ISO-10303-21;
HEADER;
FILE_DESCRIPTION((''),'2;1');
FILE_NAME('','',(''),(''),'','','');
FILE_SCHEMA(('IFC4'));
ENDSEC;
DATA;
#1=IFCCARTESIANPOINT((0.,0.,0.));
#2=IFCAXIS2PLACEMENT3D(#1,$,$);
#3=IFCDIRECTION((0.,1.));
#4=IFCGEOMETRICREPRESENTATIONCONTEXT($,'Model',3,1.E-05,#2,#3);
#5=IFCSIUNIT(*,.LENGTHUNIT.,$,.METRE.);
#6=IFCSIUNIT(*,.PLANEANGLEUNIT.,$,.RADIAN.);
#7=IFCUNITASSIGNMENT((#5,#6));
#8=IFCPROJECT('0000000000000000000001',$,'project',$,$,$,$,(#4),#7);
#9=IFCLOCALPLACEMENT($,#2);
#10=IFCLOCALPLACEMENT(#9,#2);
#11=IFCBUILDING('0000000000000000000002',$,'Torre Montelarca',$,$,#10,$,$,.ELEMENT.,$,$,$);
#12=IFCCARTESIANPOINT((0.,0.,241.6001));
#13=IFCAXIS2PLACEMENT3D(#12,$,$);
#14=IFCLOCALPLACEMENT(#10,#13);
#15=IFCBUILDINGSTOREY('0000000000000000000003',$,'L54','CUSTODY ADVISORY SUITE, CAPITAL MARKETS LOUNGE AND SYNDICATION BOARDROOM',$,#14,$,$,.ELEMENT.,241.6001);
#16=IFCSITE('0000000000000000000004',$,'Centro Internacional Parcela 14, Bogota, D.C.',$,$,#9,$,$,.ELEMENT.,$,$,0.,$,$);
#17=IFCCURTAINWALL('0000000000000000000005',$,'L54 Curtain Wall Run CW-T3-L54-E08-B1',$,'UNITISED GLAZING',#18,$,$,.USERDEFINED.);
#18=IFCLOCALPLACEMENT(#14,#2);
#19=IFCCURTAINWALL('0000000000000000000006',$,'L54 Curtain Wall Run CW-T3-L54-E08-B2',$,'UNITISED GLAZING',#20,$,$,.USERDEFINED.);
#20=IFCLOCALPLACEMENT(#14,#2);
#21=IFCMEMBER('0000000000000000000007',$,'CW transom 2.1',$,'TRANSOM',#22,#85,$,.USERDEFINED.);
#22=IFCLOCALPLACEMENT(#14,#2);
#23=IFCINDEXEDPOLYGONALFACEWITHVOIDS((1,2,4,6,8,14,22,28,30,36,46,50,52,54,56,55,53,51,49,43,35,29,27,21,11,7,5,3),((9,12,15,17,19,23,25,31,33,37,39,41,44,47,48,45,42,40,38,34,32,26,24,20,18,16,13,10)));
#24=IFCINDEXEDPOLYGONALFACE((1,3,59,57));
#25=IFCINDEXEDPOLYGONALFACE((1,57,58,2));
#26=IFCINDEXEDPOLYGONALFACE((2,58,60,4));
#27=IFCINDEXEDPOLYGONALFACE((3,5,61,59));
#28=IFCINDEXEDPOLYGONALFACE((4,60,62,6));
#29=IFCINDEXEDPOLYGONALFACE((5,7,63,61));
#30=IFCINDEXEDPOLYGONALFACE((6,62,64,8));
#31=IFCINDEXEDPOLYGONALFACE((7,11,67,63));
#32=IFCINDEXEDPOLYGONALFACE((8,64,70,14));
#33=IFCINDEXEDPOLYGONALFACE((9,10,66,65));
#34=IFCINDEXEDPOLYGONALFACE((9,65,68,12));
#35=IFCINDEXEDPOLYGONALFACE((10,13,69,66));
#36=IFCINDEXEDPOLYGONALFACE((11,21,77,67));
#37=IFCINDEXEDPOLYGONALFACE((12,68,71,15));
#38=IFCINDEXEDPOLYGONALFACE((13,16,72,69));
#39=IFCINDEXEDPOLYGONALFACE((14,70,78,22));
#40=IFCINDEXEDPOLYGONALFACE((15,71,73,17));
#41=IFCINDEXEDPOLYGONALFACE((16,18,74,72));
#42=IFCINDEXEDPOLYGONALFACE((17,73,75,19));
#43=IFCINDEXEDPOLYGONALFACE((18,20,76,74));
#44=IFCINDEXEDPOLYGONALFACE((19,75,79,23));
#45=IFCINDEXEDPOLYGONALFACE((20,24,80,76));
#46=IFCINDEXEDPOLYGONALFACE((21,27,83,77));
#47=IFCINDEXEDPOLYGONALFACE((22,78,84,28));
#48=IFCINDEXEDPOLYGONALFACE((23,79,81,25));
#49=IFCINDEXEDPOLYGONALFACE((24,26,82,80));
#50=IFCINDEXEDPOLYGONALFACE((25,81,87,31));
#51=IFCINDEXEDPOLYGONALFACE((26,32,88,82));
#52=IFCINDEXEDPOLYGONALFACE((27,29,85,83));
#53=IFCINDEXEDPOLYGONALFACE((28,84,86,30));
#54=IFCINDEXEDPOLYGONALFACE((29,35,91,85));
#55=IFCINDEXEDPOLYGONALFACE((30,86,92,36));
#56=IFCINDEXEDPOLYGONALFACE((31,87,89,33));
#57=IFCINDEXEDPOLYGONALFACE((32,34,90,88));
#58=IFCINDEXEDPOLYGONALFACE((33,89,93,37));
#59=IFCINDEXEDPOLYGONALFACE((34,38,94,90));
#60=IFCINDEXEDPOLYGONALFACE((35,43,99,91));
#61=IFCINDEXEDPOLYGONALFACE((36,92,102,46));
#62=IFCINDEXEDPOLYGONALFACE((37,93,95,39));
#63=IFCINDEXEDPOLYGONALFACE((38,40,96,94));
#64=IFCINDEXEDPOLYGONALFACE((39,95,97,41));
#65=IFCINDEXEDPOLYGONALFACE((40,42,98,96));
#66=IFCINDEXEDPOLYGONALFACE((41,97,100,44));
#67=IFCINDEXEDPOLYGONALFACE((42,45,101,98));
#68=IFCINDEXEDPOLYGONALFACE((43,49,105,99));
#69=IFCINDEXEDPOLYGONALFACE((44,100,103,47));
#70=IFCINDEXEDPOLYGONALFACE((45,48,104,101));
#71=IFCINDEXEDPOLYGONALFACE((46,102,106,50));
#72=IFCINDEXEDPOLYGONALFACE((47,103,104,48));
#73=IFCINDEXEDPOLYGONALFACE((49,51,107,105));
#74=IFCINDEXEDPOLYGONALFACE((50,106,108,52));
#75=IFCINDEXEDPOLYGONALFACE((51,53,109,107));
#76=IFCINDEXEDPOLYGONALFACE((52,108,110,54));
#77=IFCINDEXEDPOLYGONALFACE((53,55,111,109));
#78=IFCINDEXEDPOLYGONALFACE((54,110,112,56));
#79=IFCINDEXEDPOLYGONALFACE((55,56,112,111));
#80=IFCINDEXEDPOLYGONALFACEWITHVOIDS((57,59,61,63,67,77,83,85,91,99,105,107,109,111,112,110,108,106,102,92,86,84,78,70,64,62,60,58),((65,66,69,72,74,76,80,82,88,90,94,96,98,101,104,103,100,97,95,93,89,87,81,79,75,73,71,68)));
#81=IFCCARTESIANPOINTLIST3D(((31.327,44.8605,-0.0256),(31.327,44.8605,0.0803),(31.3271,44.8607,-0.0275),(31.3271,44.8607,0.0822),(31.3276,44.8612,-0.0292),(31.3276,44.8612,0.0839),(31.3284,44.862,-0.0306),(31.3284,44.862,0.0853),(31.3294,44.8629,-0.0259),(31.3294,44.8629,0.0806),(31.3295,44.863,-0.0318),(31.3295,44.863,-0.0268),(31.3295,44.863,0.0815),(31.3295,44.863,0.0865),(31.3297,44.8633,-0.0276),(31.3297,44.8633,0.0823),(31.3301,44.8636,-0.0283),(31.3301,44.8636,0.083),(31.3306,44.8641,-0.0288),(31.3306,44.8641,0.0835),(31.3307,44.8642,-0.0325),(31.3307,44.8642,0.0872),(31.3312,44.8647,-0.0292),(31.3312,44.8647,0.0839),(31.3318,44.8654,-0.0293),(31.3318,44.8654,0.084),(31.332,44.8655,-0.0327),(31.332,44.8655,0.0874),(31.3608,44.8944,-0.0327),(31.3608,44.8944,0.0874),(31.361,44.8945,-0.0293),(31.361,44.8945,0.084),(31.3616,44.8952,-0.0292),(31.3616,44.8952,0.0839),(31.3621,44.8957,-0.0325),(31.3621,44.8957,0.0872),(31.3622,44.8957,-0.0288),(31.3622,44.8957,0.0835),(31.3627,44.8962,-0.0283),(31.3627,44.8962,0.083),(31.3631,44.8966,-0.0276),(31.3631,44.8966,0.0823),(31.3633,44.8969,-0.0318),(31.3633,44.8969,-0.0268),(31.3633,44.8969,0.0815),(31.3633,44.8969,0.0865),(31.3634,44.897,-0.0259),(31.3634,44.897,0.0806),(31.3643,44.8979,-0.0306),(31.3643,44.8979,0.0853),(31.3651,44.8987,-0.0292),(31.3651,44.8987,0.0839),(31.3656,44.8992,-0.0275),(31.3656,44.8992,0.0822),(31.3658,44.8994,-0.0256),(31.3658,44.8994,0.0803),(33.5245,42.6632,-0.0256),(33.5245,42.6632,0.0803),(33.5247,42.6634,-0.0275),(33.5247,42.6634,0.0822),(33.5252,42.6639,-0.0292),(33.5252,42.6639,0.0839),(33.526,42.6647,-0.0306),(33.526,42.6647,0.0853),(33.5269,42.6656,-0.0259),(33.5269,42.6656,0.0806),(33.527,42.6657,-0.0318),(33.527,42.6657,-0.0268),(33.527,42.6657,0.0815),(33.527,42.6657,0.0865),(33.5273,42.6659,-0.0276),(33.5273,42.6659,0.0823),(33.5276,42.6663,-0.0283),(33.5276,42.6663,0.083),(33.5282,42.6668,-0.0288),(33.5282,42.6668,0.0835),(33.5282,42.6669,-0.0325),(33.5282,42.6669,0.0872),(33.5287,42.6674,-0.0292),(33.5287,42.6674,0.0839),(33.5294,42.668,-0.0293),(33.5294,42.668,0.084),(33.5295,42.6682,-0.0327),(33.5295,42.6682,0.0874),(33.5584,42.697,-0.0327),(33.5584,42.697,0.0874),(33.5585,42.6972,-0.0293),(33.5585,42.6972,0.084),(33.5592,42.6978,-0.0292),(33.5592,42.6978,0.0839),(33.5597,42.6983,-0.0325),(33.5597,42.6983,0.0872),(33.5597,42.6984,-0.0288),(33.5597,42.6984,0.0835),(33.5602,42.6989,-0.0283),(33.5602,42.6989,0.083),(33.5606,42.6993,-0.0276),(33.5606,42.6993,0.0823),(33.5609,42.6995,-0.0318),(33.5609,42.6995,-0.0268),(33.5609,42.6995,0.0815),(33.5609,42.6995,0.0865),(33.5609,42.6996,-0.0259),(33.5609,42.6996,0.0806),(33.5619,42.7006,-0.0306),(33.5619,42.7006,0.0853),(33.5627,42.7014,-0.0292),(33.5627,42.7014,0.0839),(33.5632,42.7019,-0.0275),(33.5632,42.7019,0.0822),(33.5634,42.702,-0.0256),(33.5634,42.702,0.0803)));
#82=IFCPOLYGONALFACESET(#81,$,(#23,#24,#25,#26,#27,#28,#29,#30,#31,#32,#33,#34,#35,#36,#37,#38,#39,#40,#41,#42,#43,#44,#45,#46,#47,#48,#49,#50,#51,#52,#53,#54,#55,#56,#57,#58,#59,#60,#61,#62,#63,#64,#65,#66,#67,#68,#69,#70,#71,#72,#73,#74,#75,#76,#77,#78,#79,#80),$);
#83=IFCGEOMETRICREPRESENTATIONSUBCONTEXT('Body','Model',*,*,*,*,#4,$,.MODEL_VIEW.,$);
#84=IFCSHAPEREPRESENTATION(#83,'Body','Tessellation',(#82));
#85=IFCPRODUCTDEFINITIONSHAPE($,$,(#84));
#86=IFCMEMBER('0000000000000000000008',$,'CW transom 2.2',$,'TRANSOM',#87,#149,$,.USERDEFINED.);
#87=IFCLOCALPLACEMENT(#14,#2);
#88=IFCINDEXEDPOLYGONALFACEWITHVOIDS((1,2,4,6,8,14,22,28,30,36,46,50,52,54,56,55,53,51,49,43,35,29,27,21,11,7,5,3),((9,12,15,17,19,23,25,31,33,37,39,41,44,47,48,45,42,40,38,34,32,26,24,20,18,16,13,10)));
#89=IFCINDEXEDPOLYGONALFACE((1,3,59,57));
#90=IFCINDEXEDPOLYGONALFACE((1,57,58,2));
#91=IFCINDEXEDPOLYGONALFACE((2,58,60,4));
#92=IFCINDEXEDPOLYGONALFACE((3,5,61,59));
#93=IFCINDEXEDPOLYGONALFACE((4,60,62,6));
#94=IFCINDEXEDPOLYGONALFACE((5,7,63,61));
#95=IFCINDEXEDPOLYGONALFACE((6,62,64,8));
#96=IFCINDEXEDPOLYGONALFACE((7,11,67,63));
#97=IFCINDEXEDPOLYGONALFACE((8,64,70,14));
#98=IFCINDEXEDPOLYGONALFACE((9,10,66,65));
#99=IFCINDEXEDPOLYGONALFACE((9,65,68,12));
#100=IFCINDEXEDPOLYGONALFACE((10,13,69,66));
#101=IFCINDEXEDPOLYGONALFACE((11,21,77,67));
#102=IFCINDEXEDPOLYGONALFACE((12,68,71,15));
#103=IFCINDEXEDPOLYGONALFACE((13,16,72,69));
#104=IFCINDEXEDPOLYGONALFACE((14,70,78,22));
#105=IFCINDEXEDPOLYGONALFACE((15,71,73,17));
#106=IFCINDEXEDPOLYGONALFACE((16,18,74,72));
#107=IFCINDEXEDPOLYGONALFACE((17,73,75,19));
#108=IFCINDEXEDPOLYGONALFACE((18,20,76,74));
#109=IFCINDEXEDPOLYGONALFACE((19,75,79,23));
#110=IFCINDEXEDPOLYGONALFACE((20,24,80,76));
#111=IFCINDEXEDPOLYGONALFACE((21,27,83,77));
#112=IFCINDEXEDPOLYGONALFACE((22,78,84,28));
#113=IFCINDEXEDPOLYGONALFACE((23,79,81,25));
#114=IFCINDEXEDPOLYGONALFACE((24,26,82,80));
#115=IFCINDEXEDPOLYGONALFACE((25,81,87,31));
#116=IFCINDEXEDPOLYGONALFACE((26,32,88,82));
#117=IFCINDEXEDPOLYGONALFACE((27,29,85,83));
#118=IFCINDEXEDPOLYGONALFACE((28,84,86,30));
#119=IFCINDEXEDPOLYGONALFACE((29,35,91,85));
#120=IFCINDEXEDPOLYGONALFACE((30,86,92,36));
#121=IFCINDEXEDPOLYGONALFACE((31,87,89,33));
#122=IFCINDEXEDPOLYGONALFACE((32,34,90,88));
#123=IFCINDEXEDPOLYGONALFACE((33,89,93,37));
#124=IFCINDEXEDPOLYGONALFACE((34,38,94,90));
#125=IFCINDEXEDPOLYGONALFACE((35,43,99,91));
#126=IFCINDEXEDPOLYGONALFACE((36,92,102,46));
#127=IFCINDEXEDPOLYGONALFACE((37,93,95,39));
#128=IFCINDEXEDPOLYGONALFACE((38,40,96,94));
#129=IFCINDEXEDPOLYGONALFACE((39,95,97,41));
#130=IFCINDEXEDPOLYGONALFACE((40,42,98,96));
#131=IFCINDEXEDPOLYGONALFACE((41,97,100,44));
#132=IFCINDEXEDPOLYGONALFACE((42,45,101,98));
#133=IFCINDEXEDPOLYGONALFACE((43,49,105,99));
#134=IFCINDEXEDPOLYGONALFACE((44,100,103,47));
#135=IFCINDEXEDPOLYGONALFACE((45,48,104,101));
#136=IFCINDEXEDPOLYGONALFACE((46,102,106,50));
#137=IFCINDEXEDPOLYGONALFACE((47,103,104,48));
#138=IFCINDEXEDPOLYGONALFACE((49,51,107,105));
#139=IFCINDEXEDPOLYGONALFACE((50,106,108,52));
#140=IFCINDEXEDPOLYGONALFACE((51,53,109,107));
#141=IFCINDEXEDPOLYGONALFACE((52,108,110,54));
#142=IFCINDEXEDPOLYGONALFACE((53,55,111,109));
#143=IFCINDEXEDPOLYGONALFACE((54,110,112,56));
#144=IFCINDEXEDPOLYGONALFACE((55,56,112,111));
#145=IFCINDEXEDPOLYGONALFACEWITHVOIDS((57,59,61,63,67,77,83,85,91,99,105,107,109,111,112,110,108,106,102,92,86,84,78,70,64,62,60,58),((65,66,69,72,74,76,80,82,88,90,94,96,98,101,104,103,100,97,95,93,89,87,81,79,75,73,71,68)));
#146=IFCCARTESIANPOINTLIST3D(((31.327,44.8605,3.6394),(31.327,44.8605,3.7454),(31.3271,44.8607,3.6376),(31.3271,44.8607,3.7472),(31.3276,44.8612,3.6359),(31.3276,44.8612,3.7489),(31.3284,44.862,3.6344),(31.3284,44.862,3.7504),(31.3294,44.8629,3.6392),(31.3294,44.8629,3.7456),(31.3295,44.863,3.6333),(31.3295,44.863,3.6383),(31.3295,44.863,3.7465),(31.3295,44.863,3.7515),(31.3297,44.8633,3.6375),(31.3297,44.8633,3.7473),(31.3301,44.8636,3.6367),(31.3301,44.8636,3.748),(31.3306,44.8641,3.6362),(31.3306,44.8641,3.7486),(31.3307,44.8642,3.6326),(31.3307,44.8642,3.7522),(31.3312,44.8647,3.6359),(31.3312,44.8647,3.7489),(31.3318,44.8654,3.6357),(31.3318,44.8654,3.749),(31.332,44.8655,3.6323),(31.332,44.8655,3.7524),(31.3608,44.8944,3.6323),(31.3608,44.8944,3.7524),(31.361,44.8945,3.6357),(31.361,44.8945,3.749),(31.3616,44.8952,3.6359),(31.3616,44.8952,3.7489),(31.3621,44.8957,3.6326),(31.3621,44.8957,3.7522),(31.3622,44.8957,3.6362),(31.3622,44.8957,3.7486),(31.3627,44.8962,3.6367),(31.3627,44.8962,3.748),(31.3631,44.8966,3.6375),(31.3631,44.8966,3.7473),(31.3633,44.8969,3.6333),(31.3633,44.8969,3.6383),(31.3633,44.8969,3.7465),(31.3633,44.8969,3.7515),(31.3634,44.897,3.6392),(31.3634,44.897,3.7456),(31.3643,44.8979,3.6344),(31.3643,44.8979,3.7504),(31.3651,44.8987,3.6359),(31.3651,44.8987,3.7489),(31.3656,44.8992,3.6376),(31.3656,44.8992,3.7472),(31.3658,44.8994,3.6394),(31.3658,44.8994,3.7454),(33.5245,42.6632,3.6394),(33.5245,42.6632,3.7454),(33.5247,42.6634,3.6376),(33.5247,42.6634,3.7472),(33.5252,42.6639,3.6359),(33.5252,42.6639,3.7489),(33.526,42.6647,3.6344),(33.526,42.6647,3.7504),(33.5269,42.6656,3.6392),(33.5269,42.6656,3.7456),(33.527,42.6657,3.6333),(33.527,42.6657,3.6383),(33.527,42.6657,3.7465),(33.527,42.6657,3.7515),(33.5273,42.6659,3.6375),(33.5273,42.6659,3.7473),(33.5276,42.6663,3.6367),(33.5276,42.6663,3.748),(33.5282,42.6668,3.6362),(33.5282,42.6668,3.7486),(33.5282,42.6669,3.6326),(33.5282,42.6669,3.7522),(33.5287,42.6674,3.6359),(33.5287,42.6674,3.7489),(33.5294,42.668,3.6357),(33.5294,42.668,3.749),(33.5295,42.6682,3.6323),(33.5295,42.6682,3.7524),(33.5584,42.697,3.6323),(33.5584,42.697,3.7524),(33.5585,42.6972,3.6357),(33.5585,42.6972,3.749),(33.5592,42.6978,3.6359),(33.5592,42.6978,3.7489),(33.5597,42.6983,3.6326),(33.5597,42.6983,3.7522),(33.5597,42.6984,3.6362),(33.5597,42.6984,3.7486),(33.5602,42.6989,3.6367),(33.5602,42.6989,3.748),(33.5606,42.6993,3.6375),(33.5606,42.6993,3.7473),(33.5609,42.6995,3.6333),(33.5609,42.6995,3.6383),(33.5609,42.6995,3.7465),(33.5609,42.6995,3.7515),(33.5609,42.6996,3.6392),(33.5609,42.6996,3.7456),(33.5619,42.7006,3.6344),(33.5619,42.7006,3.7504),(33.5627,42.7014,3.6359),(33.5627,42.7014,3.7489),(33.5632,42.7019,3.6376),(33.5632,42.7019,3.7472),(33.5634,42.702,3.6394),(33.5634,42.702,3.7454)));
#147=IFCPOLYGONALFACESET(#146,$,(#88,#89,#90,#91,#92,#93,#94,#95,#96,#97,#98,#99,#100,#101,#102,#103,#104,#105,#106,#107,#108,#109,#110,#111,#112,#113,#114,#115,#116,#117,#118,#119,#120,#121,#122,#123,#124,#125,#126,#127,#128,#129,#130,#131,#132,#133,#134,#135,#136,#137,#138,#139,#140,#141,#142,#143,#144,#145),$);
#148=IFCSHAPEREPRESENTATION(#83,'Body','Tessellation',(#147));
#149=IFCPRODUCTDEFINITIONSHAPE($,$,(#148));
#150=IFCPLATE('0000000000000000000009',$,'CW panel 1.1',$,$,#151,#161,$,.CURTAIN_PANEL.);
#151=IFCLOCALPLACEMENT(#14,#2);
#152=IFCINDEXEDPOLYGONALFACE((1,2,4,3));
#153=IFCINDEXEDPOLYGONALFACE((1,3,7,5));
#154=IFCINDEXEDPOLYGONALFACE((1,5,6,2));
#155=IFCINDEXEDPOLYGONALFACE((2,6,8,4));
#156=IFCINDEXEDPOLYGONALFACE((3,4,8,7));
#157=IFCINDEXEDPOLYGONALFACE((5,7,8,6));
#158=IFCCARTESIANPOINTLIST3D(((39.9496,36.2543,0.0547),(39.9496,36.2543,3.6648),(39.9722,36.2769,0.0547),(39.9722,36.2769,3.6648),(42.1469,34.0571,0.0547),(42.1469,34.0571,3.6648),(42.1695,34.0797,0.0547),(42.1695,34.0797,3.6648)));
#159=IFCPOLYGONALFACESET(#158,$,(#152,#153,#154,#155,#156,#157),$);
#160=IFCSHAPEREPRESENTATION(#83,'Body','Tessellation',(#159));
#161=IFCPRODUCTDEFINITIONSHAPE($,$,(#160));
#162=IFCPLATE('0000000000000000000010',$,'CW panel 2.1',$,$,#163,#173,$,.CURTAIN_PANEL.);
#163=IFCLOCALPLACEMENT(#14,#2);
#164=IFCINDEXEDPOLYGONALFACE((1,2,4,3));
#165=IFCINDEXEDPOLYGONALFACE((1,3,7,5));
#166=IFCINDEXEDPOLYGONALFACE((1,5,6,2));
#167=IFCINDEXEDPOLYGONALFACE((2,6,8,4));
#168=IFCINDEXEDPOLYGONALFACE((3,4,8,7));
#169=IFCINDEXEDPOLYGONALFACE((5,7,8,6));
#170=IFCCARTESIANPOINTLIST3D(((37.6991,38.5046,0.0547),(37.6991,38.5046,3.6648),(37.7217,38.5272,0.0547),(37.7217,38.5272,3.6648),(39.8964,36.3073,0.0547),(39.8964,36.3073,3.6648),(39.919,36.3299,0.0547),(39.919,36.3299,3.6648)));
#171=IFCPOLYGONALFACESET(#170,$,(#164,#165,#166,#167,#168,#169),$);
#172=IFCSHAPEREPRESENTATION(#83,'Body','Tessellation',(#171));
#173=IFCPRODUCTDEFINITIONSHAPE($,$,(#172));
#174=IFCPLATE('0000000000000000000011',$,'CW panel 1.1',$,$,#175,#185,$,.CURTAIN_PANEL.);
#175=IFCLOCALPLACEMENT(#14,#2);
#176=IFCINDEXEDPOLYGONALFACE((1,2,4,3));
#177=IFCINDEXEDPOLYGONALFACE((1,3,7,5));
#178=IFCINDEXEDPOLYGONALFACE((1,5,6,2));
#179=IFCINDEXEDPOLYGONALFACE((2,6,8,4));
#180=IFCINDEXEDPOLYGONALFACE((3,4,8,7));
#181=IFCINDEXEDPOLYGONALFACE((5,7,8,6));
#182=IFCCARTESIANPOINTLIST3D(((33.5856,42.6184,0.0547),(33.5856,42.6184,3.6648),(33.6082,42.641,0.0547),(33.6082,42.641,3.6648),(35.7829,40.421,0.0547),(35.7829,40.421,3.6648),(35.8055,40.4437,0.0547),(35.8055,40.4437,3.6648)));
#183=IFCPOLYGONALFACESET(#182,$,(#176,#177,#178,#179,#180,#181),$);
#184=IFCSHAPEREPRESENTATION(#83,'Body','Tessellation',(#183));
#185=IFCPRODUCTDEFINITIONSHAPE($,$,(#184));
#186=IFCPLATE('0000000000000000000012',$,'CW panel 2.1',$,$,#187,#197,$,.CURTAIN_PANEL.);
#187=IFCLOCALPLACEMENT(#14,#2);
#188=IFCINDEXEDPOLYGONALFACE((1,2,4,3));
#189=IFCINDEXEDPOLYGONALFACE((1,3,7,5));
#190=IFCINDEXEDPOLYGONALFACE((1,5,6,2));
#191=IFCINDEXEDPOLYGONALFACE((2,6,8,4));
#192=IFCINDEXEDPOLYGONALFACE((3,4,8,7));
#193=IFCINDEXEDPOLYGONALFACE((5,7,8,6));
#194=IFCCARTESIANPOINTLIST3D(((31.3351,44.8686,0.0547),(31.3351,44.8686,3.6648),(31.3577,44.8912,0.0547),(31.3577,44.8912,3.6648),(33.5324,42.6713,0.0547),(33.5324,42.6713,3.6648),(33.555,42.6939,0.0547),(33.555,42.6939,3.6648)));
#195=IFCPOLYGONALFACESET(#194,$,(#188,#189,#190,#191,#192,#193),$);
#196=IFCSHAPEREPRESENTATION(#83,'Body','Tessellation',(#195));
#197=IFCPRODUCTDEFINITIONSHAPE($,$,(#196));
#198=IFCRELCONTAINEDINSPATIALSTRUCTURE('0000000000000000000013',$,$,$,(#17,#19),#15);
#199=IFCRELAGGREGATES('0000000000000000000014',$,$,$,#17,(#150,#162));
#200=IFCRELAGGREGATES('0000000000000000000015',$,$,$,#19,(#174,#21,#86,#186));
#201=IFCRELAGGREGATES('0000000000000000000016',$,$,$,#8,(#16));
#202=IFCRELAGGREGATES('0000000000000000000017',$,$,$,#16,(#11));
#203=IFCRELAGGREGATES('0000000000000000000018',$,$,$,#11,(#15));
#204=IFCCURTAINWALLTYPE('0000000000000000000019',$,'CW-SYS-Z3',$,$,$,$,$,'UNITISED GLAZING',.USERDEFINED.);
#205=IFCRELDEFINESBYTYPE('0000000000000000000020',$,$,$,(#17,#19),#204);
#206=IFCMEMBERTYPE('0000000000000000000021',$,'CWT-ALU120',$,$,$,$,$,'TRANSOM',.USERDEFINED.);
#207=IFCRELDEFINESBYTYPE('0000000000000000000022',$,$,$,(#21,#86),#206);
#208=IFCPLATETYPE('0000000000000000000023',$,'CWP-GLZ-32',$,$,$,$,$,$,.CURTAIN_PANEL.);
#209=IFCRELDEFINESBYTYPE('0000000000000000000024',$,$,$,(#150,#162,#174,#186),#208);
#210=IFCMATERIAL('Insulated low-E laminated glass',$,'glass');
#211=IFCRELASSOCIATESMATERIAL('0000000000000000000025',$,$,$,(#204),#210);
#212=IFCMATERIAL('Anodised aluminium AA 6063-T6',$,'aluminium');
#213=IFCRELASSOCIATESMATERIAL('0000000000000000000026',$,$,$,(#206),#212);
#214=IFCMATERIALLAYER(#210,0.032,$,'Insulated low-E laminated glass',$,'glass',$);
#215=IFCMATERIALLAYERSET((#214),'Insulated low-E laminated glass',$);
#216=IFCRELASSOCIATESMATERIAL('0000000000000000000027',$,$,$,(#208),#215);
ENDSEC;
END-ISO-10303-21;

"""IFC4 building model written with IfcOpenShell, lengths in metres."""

from ifc_helpers import new_model, si_unit, direction, frame, origin, origin_2d, place, context, subcontext, project, spatial, rectangle, hollow_rectangle, extrude, source, transform, mapped, material, layer, layer_set, material_profile, profile_set, type_object, element, aggregate, save


model = new_model("IFC4")

# Units and contexts
model_context = context("Model", 3, precision=1e-05, world=origin(), true_north=direction((0.0, 1.0)))
body_context = subcontext(model_context, "Body", "Model", "MODEL_VIEW")
ifc_project = project(units=[si_unit("LENGTHUNIT", "METRE"), si_unit("PLANEANGLEUNIT", "RADIAN")], contexts=[model_context])

# Site, building, storey
site_placement = place(None, origin())
site = spatial("IfcSite", under=ifc_project, at=site_placement, Name="Centro Internacional Parcela 14, Bogota, D.C.", CompositionType="ELEMENT", RefElevation=0.0)
building_placement = place(site_placement, origin())
building = spatial("IfcBuilding", under=site, at=building_placement, Name="Torre Montelarca", CompositionType="ELEMENT")
storey_placement = place(building_placement, frame((0.0, 0.0, 241.6001)))
storey = spatial("IfcBuildingStorey", under=building, at=storey_placement, Name="L54", Description="CUSTODY ADVISORY SUITE, CAPITAL MARKETS LOUNGE AND SYNDICATION BOARDROOM", CompositionType="ELEMENT", Elevation=241.6001)

# Shared definitions
ifc_material_1 = material(Name="Insulated low-E laminated glass", Category="glass")
curtain_wall_type = type_object("IfcCurtainWallType", Name="CW-SYS-Z3", ElementType="UNITISED GLAZING", PredefinedType="USERDEFINED", material=ifc_material_1)
ifc_material_2 = material(Name="Anodised aluminium AA 6063-T6", Category="aluminium")

# Curtain walls
curtain_wall_1_placement = place(storey_placement, origin())
curtain_wall_1 = element("IfcCurtainWall", 1, at=curtain_wall_1_placement, inside=storey, type_object=curtain_wall_type, Name="L54 Curtain Wall Run CW-T3-L54-E08-B1", ObjectType="UNITISED GLAZING", PredefinedType="USERDEFINED")
curtain_wall_2_placement = place(storey_placement, origin())
curtain_wall_2 = element("IfcCurtainWall", 2, at=curtain_wall_2_placement, inside=storey, type_object=curtain_wall_type, Name="L54 Curtain Wall Run CW-T3-L54-E08-B2", ObjectType="UNITISED GLAZING", PredefinedType="USERDEFINED")

# Members
ifc_material_profile_1 = material_profile(ifc_material_2, hollow_rectangle(XDim=0.0549, YDim=0.1201, WallThickness=0.0034, InnerFilletRadius=0.0034, OuterFilletRadius=0.0071, at=origin_2d()), Name="ALU55X120X3.5", Category="aluminium")
ifc_profile_set_1 = profile_set([ifc_material_profile_1], Name="Anodised aluminium AA 6063-T6")
member_type_1 = type_object("IfcMemberType", Name="CWT-ALU120", ElementType="TRANSOM", PredefinedType="USERDEFINED", material=ifc_profile_set_1)
shared_shape_1 = source(origin(), body_context, "Body", "SweptSolid", [
    extrude(hollow_rectangle(XDim=0.0549, YDim=0.1201, WallThickness=0.0034, InnerFilletRadius=0.0034, OuterFilletRadius=0.0071, at=origin_2d()), origin(), (0.0, 0.0, 1.0), 3.1077),
])
member_1_placement = place(storey_placement, frame((33.5439, 42.6826, 0.0273), z_axis=(-0.707146, 0.707067, 0.0), x_axis=(-0.707067, -0.707146, 0.0)))
member_1 = element("IfcMember", 3, at=member_1_placement, type_object=member_type_1, Name="CW transom 2.1", ObjectType="TRANSOM", PredefinedType="USERDEFINED", context=body_context, shape_type="MappedRepresentation", body=[
    mapped(shared_shape_1, transform((0.0, 0.0, 0.0), scale=1.0)),
])
member_2_placement = place(storey_placement, frame((33.5439, 42.6826, 3.6924), z_axis=(-0.707146, 0.707067, 0.0), x_axis=(-0.707067, -0.707146, 0.0)))
member_2 = element("IfcMember", 4, at=member_2_placement, type_object=member_type_1, Name="CW transom 2.2", ObjectType="TRANSOM", PredefinedType="USERDEFINED", context=body_context, shape_type="MappedRepresentation", body=[
    mapped(shared_shape_1, transform((0.0, 0.0, 0.0), scale=1.0)),
])

# Plates
ifc_layer_1 = layer(ifc_material_1, 0.032, Name="Insulated low-E laminated glass", Category="glass")
ifc_layer_set_1 = layer_set([ifc_layer_1], Name="Insulated low-E laminated glass")
plate_type = type_object("IfcPlateType", Name="CWP-GLZ-32", PredefinedType="CURTAIN_PANEL", material=ifc_layer_set_1)
shared_shape_2 = source(origin(), body_context, "Body", "SweptSolid", [
    extrude(rectangle(XDim=3.1074, YDim=0.032, at=origin_2d()), origin(), (0.0, 0.0, 1.0), 3.6101),
])
plate_1_placement = place(storey_placement, frame((41.0596, 35.167, 0.0547), z_axis=(0.0, 0.0, 1.0), x_axis=(-0.707115, 0.707099, 0.0)))
plate_1 = element("IfcPlate", 5, at=plate_1_placement, type_object=plate_type, Name="CW panel 1.1", PredefinedType="CURTAIN_PANEL", context=body_context, shape_type="MappedRepresentation", body=[
    mapped(shared_shape_2, transform((0.0, 0.0, 0.0), scale=1.0)),
])
plate_2_placement = place(storey_placement, frame((38.8091, 37.4172, 0.0547), z_axis=(0.0, 0.0, 1.0), x_axis=(-0.707115, 0.707099, 0.0)))
plate_2 = element("IfcPlate", 6, at=plate_2_placement, type_object=plate_type, Name="CW panel 2.1", PredefinedType="CURTAIN_PANEL", context=body_context, shape_type="MappedRepresentation", body=[
    mapped(shared_shape_2, transform((0.0, 0.0, 0.0), scale=1.0)),
])
aggregate(curtain_wall_1, [plate_1, plate_2])
plate_3_placement = place(storey_placement, frame((34.6956, 41.531, 0.0547), z_axis=(0.0, 0.0, 1.0), x_axis=(-0.707099, 0.707115, 0.0)))
plate_3 = element("IfcPlate", 7, at=plate_3_placement, type_object=plate_type, Name="CW panel 1.1", PredefinedType="CURTAIN_PANEL", context=body_context, shape_type="MappedRepresentation", body=[
    mapped(shared_shape_2, transform((0.0, 0.0, 0.0), scale=1.0)),
])
plate_4_placement = place(storey_placement, frame((32.4451, 43.7812, 0.0547), z_axis=(0.0, 0.0, 1.0), x_axis=(-0.707099, 0.707115, 0.0)))
plate_4 = element("IfcPlate", 8, at=plate_4_placement, type_object=plate_type, Name="CW panel 2.1", PredefinedType="CURTAIN_PANEL", context=body_context, shape_type="MappedRepresentation", body=[
    mapped(shared_shape_2, transform((0.0, 0.0, 0.0), scale=1.0)),
])
aggregate(curtain_wall_2, [plate_3, member_1, member_2, plate_4])

save(model, "model.ifc")
